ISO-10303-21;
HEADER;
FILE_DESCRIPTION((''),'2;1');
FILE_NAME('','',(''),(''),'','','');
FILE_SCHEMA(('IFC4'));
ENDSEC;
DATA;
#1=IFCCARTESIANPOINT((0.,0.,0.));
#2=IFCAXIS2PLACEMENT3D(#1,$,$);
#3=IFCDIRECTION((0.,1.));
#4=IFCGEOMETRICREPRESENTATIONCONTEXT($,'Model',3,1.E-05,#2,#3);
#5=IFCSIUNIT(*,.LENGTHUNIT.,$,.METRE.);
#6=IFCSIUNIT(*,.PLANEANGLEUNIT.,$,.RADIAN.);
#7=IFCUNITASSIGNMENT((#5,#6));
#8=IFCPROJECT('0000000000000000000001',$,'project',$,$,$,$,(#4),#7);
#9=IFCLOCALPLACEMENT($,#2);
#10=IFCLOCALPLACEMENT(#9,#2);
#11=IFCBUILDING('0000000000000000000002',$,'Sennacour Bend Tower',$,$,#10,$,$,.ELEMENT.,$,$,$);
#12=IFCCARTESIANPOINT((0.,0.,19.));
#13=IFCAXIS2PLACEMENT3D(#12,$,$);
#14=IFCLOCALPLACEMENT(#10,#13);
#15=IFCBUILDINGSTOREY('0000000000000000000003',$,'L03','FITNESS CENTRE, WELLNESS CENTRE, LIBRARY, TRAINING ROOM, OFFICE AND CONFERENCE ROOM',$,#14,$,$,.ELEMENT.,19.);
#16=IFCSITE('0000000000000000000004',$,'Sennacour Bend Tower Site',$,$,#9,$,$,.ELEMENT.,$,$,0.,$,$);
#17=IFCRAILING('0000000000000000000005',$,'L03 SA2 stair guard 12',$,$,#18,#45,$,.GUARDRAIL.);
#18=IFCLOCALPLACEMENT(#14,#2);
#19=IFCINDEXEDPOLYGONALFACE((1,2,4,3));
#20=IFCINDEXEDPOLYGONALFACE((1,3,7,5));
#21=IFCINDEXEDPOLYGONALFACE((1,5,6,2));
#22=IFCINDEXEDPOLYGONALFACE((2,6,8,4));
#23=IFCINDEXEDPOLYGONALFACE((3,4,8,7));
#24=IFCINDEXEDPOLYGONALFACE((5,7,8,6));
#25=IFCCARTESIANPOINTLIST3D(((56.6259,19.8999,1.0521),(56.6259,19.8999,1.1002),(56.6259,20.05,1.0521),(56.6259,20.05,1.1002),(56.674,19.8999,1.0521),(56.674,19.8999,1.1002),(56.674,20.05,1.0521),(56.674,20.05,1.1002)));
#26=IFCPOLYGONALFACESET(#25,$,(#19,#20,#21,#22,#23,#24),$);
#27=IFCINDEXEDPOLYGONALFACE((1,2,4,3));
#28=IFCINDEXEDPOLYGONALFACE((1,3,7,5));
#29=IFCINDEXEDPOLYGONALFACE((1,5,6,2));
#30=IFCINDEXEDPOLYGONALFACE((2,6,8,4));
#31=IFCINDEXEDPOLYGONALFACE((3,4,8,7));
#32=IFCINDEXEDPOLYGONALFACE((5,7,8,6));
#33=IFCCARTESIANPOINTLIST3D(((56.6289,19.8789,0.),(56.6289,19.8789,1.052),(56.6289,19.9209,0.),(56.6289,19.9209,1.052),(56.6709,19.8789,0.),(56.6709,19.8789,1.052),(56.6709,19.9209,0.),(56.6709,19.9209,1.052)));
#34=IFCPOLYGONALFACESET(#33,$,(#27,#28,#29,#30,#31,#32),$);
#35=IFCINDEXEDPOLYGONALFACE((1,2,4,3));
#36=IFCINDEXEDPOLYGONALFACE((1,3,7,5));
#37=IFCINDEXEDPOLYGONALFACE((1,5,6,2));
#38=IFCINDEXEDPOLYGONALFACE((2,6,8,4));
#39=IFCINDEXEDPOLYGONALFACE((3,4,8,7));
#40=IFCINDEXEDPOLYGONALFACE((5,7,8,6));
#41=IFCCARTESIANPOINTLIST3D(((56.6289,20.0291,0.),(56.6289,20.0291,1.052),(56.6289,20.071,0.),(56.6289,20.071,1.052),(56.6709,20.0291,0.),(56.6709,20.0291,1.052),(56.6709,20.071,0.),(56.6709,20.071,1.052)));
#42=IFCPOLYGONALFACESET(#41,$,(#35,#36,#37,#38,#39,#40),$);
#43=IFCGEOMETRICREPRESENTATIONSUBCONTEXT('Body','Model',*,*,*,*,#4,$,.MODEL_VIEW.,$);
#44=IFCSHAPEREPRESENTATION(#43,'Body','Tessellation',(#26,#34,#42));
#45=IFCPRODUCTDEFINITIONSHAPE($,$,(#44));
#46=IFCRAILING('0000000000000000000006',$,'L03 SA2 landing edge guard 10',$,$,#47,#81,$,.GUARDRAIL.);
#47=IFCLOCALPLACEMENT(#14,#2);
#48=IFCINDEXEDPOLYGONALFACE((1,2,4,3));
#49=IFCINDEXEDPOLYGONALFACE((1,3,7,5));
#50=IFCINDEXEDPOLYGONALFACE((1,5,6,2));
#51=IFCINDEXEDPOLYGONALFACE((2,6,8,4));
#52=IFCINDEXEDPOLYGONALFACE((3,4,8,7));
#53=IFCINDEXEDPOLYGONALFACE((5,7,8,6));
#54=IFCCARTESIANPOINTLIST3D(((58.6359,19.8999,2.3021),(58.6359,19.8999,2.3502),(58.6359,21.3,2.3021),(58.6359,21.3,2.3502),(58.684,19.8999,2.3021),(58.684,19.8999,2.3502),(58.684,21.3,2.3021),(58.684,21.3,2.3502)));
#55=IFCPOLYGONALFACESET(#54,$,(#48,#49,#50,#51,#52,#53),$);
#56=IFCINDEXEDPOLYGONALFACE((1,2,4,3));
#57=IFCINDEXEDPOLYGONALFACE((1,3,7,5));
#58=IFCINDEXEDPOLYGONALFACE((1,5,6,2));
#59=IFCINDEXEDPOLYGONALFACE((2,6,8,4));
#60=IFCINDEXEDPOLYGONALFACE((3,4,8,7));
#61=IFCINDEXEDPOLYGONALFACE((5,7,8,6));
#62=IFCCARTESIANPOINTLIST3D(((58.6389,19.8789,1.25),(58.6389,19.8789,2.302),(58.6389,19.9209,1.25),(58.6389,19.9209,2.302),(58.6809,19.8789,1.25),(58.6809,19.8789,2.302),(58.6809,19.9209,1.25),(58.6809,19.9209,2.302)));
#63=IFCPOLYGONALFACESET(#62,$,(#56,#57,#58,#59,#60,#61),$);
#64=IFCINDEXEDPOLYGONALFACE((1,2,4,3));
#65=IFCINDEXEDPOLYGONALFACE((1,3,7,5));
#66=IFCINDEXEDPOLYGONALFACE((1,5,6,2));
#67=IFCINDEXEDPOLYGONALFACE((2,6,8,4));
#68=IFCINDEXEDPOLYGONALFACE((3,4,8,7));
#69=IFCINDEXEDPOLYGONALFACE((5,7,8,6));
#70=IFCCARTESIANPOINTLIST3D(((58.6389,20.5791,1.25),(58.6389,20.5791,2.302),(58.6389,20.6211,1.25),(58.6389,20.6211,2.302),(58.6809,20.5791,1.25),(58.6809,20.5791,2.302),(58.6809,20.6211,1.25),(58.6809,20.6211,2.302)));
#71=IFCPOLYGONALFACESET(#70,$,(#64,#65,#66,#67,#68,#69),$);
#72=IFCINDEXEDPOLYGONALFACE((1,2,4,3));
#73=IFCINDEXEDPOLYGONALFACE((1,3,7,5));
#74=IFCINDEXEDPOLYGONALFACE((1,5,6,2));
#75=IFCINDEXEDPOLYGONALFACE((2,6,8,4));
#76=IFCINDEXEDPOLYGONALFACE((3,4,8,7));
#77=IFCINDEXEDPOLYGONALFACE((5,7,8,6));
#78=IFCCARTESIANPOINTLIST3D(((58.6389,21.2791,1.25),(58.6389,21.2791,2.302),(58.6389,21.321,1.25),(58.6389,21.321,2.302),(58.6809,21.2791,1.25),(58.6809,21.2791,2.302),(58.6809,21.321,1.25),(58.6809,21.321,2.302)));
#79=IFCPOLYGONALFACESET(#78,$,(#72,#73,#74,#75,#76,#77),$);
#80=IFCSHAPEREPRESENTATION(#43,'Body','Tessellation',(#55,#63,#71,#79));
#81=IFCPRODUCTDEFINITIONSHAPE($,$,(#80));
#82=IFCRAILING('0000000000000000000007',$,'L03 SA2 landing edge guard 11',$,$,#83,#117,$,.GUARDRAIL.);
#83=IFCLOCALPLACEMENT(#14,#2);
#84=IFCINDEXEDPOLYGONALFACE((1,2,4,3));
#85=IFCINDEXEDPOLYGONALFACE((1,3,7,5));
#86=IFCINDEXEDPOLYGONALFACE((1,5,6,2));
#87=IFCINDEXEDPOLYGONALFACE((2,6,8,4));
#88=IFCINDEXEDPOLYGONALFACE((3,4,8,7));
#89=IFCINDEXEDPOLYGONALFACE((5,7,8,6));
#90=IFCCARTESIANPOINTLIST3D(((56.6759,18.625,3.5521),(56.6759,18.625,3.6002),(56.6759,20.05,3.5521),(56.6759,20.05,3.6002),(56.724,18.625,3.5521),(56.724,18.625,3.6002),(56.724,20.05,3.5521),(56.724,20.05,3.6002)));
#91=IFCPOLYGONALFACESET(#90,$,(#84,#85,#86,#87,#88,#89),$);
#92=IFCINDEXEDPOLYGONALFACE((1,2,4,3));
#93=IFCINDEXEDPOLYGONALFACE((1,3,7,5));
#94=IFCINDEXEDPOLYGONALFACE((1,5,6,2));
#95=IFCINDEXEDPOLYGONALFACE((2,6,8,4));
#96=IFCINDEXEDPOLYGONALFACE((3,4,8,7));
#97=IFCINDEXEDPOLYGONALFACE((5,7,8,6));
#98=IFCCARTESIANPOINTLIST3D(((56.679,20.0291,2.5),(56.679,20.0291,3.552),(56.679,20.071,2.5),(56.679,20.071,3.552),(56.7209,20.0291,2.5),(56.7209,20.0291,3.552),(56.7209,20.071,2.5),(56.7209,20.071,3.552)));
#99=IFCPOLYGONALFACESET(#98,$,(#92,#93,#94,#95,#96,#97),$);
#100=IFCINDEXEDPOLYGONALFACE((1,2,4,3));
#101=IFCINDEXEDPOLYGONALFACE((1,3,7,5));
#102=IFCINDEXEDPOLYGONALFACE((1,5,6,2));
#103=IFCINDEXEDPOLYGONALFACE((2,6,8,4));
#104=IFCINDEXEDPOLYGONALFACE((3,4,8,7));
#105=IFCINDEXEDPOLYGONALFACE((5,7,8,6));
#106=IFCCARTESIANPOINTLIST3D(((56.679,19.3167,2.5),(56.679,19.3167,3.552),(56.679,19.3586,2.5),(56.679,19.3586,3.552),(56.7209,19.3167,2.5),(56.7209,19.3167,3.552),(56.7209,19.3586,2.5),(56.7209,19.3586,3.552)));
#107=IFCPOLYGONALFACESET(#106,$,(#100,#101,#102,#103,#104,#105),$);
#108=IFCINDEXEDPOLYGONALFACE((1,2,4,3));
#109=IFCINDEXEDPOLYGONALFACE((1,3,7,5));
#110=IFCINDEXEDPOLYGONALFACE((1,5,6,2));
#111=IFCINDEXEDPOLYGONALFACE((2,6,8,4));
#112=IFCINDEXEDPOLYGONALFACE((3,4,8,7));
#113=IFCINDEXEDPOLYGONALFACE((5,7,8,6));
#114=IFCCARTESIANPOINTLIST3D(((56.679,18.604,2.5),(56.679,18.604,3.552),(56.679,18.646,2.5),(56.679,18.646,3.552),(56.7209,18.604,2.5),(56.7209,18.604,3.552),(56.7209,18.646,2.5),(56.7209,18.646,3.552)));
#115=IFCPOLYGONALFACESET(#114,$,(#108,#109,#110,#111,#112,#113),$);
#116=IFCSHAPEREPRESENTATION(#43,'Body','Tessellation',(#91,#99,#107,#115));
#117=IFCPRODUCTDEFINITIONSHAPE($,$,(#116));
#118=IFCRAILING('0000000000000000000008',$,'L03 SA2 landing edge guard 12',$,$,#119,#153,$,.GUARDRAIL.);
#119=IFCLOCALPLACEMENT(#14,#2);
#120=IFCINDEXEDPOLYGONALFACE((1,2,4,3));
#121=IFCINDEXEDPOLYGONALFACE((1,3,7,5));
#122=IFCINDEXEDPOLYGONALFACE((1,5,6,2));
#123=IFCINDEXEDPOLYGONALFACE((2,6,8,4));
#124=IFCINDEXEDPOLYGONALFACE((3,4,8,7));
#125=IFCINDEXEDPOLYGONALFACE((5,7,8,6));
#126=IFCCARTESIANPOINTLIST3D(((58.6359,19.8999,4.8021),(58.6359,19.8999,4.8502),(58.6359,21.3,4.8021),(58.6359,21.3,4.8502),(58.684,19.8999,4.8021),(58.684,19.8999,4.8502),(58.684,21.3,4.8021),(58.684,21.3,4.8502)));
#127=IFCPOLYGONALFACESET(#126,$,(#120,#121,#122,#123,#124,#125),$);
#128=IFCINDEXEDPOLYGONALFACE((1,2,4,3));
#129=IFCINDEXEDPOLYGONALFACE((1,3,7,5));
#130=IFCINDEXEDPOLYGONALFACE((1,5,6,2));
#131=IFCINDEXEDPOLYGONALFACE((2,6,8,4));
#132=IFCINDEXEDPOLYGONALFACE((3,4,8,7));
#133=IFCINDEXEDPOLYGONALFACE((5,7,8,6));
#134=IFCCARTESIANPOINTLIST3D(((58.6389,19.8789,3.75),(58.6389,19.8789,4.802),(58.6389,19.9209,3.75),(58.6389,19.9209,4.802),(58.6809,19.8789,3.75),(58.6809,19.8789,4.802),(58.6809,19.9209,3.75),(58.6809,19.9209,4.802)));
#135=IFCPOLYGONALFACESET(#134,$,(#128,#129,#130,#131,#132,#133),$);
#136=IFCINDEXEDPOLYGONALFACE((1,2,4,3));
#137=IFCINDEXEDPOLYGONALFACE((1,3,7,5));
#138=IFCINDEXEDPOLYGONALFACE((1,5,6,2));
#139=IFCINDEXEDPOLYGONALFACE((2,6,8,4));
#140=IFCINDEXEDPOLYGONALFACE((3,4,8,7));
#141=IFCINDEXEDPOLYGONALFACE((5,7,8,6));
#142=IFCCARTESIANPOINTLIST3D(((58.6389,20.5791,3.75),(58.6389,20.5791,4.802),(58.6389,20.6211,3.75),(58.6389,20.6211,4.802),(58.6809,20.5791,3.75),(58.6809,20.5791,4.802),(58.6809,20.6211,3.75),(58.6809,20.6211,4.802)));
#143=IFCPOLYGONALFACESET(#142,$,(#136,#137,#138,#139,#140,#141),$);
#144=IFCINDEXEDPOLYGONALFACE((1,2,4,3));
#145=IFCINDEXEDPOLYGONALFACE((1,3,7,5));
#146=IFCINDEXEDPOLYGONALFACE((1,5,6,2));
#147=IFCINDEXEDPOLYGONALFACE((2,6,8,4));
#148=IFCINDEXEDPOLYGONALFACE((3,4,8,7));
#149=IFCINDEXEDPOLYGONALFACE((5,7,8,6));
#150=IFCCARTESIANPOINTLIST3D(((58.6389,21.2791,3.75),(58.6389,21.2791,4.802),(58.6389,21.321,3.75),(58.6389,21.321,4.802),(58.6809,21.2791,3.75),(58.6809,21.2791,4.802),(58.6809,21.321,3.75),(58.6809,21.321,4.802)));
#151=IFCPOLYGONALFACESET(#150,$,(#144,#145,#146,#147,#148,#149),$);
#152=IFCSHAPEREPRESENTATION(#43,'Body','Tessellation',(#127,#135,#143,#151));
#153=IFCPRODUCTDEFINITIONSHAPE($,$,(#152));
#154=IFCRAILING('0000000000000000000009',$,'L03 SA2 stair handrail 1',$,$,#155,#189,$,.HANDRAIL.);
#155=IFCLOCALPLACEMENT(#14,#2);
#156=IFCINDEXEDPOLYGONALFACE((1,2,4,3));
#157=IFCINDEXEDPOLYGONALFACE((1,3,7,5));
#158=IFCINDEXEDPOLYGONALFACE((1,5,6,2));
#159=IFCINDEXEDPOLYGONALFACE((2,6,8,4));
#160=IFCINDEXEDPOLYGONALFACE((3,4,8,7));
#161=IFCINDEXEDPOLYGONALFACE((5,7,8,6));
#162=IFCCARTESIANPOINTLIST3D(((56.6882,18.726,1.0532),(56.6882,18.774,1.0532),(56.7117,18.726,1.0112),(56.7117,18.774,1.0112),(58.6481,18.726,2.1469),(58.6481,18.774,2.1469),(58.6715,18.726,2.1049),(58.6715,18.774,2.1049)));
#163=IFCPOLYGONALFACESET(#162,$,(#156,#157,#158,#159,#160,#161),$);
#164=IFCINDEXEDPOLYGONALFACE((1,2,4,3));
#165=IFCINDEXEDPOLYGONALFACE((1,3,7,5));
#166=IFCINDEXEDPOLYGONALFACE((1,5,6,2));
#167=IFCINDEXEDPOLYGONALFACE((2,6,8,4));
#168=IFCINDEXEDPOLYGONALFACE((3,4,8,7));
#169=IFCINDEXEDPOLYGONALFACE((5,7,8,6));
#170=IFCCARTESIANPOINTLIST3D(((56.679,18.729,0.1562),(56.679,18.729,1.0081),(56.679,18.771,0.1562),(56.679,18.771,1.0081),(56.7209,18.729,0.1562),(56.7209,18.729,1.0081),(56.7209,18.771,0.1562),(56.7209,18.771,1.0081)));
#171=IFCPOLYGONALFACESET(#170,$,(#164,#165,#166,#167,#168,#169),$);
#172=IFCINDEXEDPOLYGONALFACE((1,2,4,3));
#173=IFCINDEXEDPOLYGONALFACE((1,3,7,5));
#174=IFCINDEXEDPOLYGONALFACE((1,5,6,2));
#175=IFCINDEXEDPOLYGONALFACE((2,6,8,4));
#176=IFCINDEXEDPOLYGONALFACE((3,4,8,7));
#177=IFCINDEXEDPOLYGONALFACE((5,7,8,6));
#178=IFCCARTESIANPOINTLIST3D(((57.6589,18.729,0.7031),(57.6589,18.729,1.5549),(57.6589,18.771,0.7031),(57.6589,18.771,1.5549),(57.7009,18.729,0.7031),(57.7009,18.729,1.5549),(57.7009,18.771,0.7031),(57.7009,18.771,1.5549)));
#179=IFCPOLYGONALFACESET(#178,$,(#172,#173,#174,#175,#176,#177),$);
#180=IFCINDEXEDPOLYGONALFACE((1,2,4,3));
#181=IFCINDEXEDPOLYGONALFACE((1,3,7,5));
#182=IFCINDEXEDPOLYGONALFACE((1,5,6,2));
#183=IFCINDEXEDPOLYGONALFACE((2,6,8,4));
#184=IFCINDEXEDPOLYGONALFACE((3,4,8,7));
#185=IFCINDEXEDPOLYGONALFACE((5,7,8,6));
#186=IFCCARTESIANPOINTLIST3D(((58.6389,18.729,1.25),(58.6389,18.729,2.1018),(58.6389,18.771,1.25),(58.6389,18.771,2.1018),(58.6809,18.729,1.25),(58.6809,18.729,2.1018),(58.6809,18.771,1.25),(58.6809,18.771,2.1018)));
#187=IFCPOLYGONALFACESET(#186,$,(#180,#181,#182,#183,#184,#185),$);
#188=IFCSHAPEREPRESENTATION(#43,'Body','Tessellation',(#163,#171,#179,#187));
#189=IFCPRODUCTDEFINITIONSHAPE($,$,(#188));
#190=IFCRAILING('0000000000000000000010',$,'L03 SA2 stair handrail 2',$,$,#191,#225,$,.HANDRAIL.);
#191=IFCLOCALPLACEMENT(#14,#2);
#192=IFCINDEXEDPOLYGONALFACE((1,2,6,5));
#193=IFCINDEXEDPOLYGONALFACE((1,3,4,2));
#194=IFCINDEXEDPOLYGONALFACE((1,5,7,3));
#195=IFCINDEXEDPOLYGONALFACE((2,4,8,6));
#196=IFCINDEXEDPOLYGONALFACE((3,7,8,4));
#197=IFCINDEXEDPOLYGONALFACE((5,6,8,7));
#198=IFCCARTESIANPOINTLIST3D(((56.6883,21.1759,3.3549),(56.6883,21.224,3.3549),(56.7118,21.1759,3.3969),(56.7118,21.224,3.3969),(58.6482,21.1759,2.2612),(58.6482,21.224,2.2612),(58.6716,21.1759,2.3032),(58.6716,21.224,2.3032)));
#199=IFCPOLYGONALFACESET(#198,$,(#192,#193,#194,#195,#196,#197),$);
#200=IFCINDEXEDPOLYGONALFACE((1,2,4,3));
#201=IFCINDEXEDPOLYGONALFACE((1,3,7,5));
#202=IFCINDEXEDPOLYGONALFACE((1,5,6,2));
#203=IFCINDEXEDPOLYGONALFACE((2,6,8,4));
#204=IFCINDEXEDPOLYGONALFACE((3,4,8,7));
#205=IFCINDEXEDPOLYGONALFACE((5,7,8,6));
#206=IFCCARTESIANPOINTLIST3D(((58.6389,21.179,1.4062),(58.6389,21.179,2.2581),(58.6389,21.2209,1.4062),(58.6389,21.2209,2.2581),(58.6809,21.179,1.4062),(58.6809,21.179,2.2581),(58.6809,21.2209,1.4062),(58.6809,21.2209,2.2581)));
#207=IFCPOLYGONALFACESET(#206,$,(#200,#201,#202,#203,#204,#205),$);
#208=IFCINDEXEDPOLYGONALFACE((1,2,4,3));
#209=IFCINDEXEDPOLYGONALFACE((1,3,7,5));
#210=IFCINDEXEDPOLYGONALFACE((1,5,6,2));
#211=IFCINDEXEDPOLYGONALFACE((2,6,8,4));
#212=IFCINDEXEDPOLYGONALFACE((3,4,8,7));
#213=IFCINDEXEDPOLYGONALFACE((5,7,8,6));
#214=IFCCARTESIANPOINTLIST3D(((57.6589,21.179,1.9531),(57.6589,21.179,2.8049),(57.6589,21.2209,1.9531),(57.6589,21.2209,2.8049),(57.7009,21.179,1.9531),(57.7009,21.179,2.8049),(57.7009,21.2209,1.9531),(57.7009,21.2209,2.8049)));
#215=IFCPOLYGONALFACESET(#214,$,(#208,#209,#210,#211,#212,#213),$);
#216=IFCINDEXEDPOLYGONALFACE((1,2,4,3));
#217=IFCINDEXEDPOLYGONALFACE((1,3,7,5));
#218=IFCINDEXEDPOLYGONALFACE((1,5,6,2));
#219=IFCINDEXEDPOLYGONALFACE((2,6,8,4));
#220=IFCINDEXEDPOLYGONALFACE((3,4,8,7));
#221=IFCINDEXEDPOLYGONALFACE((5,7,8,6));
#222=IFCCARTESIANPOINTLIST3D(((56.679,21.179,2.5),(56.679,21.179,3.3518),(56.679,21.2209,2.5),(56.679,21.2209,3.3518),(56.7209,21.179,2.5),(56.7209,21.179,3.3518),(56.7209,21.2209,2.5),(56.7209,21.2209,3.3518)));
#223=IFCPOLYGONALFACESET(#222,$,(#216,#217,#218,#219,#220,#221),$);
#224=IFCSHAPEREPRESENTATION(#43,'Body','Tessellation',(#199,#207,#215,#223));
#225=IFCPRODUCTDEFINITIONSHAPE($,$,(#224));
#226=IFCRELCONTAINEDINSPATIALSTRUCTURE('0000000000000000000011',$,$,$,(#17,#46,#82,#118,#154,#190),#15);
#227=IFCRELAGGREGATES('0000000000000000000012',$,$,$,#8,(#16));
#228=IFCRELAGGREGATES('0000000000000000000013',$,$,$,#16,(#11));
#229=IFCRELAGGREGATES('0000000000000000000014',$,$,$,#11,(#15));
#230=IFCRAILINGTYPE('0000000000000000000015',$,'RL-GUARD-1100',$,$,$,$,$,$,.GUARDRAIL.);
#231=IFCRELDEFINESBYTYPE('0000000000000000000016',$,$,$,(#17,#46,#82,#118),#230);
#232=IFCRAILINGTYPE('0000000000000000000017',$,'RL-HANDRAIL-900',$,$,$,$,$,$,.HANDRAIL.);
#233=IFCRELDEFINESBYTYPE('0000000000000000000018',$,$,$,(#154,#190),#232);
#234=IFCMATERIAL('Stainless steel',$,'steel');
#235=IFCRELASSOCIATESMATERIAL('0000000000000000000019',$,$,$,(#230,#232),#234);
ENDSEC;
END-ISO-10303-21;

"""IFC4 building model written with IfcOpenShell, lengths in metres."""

from ifc_helpers import new_model, si_unit, direction, frame, origin, origin_2d, place, context, subcontext, project, spatial, rectangle, extrude, material, type_object, element, save


model = new_model("IFC4")

# Units and contexts
model_context = context("Model", 3, precision=1e-05, world=origin(), true_north=direction((0.0, 1.0)))
body_context = subcontext(model_context, "Body", "Model", "MODEL_VIEW")
ifc_project = project(units=[si_unit("LENGTHUNIT", "METRE"), si_unit("PLANEANGLEUNIT", "RADIAN")], contexts=[model_context])

# Site, building, storey
site_placement = place(None, origin())
site = spatial("IfcSite", under=ifc_project, at=site_placement, Name="Sennacour Bend Tower Site", CompositionType="ELEMENT", RefElevation=0.0)
building_placement = place(site_placement, origin())
building = spatial("IfcBuilding", under=site, at=building_placement, Name="Sennacour Bend Tower", CompositionType="ELEMENT")
storey_placement = place(building_placement, frame((0.0, 0.0, 19.0)))
storey = spatial("IfcBuildingStorey", under=building, at=storey_placement, Name="L03", Description="FITNESS CENTRE, WELLNESS CENTRE, LIBRARY, TRAINING ROOM, OFFICE AND CONFERENCE ROOM", CompositionType="ELEMENT", Elevation=19.0)

# Railings
ifc_material_1 = material(Name="Stainless steel", Category="steel")
railing_type_1 = type_object("IfcRailingType", Name="RL-GUARD-1100", PredefinedType="GUARDRAIL", material=ifc_material_1)
railing_1_placement = place(storey_placement, frame((56.6499, 19.8999, 0.0)))
element("IfcRailing", 1, at=railing_1_placement, inside=storey, type_object=railing_type_1, Name="L03 SA2 stair guard 12", PredefinedType="GUARDRAIL", context=body_context, shape_type="SweptSolid", body=[
    extrude(rectangle(XDim=0.0481, YDim=0.0481, at=origin_2d()), frame((0.0, 0.0, 1.0762), z_axis=(0.0, 1.0, 0.0), x_axis=(-1.0, 0.0, 0.0)), (0.0, 0.0, 1.0), 0.1501),
    extrude(rectangle(XDim=0.042, YDim=0.042, at=origin_2d()), origin(), (0.0, 0.0, 1.0), 1.052),
    extrude(rectangle(XDim=0.042, YDim=0.042, at=origin_2d()), frame((0.0, 0.1501, 0.0)), (0.0, 0.0, 1.0), 1.052),
])
railing_2_placement = place(storey_placement, frame((58.6599, 19.8999, 1.25)))
element("IfcRailing", 2, at=railing_2_placement, inside=storey, type_object=railing_type_1, Name="L03 SA2 landing edge guard 10", PredefinedType="GUARDRAIL", context=body_context, shape_type="SweptSolid", body=[
    extrude(rectangle(XDim=0.0481, YDim=0.0481, at=origin_2d()), frame((0.0, 0.0, 1.0762), z_axis=(0.0, 1.0, 0.0), x_axis=(-1.0, 0.0, 0.0)), (0.0, 0.0, 1.0), 1.4001),
    extrude(rectangle(XDim=0.042, YDim=0.042, at=origin_2d()), origin(), (0.0, 0.0, 1.0), 1.052),
    extrude(rectangle(XDim=0.042, YDim=0.042, at=origin_2d()), frame((0.0, 0.7002, 0.0)), (0.0, 0.0, 1.0), 1.052),
    extrude(rectangle(XDim=0.042, YDim=0.042, at=origin_2d()), frame((0.0, 1.4001, 0.0)), (0.0, 0.0, 1.0), 1.052),
])
railing_3_placement = place(storey_placement, frame((56.7, 20.05, 2.5)))
element("IfcRailing", 3, at=railing_3_placement, inside=storey, type_object=railing_type_1, Name="L03 SA2 landing edge guard 11", PredefinedType="GUARDRAIL", context=body_context, shape_type="SweptSolid", body=[
    extrude(rectangle(XDim=0.0481, YDim=0.0481, at=origin_2d()), frame((0.0, 0.0, 1.0762), z_axis=(0.0, -1.0, 0.0), x_axis=(1.0, 0.0, 0.0)), (0.0, 0.0, 1.0), 1.425),
    extrude(rectangle(XDim=0.042, YDim=0.042, at=origin_2d()), origin(), (0.0, 0.0, 1.0), 1.052),
    extrude(rectangle(XDim=0.042, YDim=0.042, at=origin_2d()), frame((0.0, -0.7124, 0.0)), (0.0, 0.0, 1.0), 1.052),
    extrude(rectangle(XDim=0.042, YDim=0.042, at=origin_2d()), frame((0.0, -1.425, 0.0)), (0.0, 0.0, 1.0), 1.052),
])
railing_4_placement = place(storey_placement, frame((58.6599, 19.8999, 3.75)))
element("IfcRailing", 4, at=railing_4_placement, inside=storey, type_object=railing_type_1, Name="L03 SA2 landing edge guard 12", PredefinedType="GUARDRAIL", context=body_context, shape_type="SweptSolid", body=[
    extrude(rectangle(XDim=0.0481, YDim=0.0481, at=origin_2d()), frame((0.0, 0.0, 1.0762), z_axis=(0.0, 1.0, 0.0), x_axis=(-1.0, 0.0, 0.0)), (0.0, 0.0, 1.0), 1.4001),
    extrude(rectangle(XDim=0.042, YDim=0.042, at=origin_2d()), origin(), (0.0, 0.0, 1.0), 1.052),
    extrude(rectangle(XDim=0.042, YDim=0.042, at=origin_2d()), frame((0.0, 0.7002, 0.0)), (0.0, 0.0, 1.0), 1.052),
    extrude(rectangle(XDim=0.042, YDim=0.042, at=origin_2d()), frame((0.0, 1.4001, 0.0)), (0.0, 0.0, 1.0), 1.052),
])
railing_type_2 = type_object("IfcRailingType", Name="RL-HANDRAIL-900", PredefinedType="HANDRAIL", material=ifc_material_1)
railing_5_placement = place(storey_placement, frame((56.7, 18.75, 0.1562)))
element("IfcRailing", 5, at=railing_5_placement, inside=storey, type_object=railing_type_2, Name="L03 SA2 stair handrail 1", PredefinedType="HANDRAIL", context=body_context, shape_type="SweptSolid", body=[
    extrude(rectangle(XDim=0.0481, YDim=0.0481, at=origin_2d()), frame((0.0, 0.0, 0.876), z_axis=(0.873232, 0.0, 0.487304), x_axis=(0.0, 1.0, 0.0)), (0.0, 0.0, 1.0), 2.2444),
    extrude(rectangle(XDim=0.042, YDim=0.042, at=origin_2d()), origin(), (0.0, 0.0, 1.0), 0.8518),
    extrude(rectangle(XDim=0.042, YDim=0.042, at=origin_2d()), frame((0.98, 0.0, 0.5469)), (0.0, 0.0, 1.0), 0.8518),
    extrude(rectangle(XDim=0.042, YDim=0.042, at=origin_2d()), frame((1.96, 0.0, 1.0938)), (0.0, 0.0, 1.0), 0.8518),
])
railing_6_placement = place(storey_placement, frame((58.6599, 21.2, 1.4062)))
element("IfcRailing", 6, at=railing_6_placement, inside=storey, type_object=railing_type_2, Name="L03 SA2 stair handrail 2", PredefinedType="HANDRAIL", context=body_context, shape_type="SweptSolid", body=[
    extrude(rectangle(XDim=0.0481, YDim=0.0481, at=origin_2d()), frame((0.0, 0.0, 0.876), z_axis=(-0.873232, 0.0, 0.487304), x_axis=(0.0, -1.0, 0.0)), (0.0, 0.0, 1.0), 2.2444),
    extrude(rectangle(XDim=0.042, YDim=0.042, at=origin_2d()), origin(), (0.0, 0.0, 1.0), 0.8518),
    extrude(rectangle(XDim=0.042, YDim=0.042, at=origin_2d()), frame((-0.98, 0.0, 0.5469)), (0.0, 0.0, 1.0), 0.8518),
    extrude(rectangle(XDim=0.042, YDim=0.042, at=origin_2d()), frame((-1.96, 0.0, 1.0938)), (0.0, 0.0, 1.0), 0.8518),
])

save(model, "model.ifc")
